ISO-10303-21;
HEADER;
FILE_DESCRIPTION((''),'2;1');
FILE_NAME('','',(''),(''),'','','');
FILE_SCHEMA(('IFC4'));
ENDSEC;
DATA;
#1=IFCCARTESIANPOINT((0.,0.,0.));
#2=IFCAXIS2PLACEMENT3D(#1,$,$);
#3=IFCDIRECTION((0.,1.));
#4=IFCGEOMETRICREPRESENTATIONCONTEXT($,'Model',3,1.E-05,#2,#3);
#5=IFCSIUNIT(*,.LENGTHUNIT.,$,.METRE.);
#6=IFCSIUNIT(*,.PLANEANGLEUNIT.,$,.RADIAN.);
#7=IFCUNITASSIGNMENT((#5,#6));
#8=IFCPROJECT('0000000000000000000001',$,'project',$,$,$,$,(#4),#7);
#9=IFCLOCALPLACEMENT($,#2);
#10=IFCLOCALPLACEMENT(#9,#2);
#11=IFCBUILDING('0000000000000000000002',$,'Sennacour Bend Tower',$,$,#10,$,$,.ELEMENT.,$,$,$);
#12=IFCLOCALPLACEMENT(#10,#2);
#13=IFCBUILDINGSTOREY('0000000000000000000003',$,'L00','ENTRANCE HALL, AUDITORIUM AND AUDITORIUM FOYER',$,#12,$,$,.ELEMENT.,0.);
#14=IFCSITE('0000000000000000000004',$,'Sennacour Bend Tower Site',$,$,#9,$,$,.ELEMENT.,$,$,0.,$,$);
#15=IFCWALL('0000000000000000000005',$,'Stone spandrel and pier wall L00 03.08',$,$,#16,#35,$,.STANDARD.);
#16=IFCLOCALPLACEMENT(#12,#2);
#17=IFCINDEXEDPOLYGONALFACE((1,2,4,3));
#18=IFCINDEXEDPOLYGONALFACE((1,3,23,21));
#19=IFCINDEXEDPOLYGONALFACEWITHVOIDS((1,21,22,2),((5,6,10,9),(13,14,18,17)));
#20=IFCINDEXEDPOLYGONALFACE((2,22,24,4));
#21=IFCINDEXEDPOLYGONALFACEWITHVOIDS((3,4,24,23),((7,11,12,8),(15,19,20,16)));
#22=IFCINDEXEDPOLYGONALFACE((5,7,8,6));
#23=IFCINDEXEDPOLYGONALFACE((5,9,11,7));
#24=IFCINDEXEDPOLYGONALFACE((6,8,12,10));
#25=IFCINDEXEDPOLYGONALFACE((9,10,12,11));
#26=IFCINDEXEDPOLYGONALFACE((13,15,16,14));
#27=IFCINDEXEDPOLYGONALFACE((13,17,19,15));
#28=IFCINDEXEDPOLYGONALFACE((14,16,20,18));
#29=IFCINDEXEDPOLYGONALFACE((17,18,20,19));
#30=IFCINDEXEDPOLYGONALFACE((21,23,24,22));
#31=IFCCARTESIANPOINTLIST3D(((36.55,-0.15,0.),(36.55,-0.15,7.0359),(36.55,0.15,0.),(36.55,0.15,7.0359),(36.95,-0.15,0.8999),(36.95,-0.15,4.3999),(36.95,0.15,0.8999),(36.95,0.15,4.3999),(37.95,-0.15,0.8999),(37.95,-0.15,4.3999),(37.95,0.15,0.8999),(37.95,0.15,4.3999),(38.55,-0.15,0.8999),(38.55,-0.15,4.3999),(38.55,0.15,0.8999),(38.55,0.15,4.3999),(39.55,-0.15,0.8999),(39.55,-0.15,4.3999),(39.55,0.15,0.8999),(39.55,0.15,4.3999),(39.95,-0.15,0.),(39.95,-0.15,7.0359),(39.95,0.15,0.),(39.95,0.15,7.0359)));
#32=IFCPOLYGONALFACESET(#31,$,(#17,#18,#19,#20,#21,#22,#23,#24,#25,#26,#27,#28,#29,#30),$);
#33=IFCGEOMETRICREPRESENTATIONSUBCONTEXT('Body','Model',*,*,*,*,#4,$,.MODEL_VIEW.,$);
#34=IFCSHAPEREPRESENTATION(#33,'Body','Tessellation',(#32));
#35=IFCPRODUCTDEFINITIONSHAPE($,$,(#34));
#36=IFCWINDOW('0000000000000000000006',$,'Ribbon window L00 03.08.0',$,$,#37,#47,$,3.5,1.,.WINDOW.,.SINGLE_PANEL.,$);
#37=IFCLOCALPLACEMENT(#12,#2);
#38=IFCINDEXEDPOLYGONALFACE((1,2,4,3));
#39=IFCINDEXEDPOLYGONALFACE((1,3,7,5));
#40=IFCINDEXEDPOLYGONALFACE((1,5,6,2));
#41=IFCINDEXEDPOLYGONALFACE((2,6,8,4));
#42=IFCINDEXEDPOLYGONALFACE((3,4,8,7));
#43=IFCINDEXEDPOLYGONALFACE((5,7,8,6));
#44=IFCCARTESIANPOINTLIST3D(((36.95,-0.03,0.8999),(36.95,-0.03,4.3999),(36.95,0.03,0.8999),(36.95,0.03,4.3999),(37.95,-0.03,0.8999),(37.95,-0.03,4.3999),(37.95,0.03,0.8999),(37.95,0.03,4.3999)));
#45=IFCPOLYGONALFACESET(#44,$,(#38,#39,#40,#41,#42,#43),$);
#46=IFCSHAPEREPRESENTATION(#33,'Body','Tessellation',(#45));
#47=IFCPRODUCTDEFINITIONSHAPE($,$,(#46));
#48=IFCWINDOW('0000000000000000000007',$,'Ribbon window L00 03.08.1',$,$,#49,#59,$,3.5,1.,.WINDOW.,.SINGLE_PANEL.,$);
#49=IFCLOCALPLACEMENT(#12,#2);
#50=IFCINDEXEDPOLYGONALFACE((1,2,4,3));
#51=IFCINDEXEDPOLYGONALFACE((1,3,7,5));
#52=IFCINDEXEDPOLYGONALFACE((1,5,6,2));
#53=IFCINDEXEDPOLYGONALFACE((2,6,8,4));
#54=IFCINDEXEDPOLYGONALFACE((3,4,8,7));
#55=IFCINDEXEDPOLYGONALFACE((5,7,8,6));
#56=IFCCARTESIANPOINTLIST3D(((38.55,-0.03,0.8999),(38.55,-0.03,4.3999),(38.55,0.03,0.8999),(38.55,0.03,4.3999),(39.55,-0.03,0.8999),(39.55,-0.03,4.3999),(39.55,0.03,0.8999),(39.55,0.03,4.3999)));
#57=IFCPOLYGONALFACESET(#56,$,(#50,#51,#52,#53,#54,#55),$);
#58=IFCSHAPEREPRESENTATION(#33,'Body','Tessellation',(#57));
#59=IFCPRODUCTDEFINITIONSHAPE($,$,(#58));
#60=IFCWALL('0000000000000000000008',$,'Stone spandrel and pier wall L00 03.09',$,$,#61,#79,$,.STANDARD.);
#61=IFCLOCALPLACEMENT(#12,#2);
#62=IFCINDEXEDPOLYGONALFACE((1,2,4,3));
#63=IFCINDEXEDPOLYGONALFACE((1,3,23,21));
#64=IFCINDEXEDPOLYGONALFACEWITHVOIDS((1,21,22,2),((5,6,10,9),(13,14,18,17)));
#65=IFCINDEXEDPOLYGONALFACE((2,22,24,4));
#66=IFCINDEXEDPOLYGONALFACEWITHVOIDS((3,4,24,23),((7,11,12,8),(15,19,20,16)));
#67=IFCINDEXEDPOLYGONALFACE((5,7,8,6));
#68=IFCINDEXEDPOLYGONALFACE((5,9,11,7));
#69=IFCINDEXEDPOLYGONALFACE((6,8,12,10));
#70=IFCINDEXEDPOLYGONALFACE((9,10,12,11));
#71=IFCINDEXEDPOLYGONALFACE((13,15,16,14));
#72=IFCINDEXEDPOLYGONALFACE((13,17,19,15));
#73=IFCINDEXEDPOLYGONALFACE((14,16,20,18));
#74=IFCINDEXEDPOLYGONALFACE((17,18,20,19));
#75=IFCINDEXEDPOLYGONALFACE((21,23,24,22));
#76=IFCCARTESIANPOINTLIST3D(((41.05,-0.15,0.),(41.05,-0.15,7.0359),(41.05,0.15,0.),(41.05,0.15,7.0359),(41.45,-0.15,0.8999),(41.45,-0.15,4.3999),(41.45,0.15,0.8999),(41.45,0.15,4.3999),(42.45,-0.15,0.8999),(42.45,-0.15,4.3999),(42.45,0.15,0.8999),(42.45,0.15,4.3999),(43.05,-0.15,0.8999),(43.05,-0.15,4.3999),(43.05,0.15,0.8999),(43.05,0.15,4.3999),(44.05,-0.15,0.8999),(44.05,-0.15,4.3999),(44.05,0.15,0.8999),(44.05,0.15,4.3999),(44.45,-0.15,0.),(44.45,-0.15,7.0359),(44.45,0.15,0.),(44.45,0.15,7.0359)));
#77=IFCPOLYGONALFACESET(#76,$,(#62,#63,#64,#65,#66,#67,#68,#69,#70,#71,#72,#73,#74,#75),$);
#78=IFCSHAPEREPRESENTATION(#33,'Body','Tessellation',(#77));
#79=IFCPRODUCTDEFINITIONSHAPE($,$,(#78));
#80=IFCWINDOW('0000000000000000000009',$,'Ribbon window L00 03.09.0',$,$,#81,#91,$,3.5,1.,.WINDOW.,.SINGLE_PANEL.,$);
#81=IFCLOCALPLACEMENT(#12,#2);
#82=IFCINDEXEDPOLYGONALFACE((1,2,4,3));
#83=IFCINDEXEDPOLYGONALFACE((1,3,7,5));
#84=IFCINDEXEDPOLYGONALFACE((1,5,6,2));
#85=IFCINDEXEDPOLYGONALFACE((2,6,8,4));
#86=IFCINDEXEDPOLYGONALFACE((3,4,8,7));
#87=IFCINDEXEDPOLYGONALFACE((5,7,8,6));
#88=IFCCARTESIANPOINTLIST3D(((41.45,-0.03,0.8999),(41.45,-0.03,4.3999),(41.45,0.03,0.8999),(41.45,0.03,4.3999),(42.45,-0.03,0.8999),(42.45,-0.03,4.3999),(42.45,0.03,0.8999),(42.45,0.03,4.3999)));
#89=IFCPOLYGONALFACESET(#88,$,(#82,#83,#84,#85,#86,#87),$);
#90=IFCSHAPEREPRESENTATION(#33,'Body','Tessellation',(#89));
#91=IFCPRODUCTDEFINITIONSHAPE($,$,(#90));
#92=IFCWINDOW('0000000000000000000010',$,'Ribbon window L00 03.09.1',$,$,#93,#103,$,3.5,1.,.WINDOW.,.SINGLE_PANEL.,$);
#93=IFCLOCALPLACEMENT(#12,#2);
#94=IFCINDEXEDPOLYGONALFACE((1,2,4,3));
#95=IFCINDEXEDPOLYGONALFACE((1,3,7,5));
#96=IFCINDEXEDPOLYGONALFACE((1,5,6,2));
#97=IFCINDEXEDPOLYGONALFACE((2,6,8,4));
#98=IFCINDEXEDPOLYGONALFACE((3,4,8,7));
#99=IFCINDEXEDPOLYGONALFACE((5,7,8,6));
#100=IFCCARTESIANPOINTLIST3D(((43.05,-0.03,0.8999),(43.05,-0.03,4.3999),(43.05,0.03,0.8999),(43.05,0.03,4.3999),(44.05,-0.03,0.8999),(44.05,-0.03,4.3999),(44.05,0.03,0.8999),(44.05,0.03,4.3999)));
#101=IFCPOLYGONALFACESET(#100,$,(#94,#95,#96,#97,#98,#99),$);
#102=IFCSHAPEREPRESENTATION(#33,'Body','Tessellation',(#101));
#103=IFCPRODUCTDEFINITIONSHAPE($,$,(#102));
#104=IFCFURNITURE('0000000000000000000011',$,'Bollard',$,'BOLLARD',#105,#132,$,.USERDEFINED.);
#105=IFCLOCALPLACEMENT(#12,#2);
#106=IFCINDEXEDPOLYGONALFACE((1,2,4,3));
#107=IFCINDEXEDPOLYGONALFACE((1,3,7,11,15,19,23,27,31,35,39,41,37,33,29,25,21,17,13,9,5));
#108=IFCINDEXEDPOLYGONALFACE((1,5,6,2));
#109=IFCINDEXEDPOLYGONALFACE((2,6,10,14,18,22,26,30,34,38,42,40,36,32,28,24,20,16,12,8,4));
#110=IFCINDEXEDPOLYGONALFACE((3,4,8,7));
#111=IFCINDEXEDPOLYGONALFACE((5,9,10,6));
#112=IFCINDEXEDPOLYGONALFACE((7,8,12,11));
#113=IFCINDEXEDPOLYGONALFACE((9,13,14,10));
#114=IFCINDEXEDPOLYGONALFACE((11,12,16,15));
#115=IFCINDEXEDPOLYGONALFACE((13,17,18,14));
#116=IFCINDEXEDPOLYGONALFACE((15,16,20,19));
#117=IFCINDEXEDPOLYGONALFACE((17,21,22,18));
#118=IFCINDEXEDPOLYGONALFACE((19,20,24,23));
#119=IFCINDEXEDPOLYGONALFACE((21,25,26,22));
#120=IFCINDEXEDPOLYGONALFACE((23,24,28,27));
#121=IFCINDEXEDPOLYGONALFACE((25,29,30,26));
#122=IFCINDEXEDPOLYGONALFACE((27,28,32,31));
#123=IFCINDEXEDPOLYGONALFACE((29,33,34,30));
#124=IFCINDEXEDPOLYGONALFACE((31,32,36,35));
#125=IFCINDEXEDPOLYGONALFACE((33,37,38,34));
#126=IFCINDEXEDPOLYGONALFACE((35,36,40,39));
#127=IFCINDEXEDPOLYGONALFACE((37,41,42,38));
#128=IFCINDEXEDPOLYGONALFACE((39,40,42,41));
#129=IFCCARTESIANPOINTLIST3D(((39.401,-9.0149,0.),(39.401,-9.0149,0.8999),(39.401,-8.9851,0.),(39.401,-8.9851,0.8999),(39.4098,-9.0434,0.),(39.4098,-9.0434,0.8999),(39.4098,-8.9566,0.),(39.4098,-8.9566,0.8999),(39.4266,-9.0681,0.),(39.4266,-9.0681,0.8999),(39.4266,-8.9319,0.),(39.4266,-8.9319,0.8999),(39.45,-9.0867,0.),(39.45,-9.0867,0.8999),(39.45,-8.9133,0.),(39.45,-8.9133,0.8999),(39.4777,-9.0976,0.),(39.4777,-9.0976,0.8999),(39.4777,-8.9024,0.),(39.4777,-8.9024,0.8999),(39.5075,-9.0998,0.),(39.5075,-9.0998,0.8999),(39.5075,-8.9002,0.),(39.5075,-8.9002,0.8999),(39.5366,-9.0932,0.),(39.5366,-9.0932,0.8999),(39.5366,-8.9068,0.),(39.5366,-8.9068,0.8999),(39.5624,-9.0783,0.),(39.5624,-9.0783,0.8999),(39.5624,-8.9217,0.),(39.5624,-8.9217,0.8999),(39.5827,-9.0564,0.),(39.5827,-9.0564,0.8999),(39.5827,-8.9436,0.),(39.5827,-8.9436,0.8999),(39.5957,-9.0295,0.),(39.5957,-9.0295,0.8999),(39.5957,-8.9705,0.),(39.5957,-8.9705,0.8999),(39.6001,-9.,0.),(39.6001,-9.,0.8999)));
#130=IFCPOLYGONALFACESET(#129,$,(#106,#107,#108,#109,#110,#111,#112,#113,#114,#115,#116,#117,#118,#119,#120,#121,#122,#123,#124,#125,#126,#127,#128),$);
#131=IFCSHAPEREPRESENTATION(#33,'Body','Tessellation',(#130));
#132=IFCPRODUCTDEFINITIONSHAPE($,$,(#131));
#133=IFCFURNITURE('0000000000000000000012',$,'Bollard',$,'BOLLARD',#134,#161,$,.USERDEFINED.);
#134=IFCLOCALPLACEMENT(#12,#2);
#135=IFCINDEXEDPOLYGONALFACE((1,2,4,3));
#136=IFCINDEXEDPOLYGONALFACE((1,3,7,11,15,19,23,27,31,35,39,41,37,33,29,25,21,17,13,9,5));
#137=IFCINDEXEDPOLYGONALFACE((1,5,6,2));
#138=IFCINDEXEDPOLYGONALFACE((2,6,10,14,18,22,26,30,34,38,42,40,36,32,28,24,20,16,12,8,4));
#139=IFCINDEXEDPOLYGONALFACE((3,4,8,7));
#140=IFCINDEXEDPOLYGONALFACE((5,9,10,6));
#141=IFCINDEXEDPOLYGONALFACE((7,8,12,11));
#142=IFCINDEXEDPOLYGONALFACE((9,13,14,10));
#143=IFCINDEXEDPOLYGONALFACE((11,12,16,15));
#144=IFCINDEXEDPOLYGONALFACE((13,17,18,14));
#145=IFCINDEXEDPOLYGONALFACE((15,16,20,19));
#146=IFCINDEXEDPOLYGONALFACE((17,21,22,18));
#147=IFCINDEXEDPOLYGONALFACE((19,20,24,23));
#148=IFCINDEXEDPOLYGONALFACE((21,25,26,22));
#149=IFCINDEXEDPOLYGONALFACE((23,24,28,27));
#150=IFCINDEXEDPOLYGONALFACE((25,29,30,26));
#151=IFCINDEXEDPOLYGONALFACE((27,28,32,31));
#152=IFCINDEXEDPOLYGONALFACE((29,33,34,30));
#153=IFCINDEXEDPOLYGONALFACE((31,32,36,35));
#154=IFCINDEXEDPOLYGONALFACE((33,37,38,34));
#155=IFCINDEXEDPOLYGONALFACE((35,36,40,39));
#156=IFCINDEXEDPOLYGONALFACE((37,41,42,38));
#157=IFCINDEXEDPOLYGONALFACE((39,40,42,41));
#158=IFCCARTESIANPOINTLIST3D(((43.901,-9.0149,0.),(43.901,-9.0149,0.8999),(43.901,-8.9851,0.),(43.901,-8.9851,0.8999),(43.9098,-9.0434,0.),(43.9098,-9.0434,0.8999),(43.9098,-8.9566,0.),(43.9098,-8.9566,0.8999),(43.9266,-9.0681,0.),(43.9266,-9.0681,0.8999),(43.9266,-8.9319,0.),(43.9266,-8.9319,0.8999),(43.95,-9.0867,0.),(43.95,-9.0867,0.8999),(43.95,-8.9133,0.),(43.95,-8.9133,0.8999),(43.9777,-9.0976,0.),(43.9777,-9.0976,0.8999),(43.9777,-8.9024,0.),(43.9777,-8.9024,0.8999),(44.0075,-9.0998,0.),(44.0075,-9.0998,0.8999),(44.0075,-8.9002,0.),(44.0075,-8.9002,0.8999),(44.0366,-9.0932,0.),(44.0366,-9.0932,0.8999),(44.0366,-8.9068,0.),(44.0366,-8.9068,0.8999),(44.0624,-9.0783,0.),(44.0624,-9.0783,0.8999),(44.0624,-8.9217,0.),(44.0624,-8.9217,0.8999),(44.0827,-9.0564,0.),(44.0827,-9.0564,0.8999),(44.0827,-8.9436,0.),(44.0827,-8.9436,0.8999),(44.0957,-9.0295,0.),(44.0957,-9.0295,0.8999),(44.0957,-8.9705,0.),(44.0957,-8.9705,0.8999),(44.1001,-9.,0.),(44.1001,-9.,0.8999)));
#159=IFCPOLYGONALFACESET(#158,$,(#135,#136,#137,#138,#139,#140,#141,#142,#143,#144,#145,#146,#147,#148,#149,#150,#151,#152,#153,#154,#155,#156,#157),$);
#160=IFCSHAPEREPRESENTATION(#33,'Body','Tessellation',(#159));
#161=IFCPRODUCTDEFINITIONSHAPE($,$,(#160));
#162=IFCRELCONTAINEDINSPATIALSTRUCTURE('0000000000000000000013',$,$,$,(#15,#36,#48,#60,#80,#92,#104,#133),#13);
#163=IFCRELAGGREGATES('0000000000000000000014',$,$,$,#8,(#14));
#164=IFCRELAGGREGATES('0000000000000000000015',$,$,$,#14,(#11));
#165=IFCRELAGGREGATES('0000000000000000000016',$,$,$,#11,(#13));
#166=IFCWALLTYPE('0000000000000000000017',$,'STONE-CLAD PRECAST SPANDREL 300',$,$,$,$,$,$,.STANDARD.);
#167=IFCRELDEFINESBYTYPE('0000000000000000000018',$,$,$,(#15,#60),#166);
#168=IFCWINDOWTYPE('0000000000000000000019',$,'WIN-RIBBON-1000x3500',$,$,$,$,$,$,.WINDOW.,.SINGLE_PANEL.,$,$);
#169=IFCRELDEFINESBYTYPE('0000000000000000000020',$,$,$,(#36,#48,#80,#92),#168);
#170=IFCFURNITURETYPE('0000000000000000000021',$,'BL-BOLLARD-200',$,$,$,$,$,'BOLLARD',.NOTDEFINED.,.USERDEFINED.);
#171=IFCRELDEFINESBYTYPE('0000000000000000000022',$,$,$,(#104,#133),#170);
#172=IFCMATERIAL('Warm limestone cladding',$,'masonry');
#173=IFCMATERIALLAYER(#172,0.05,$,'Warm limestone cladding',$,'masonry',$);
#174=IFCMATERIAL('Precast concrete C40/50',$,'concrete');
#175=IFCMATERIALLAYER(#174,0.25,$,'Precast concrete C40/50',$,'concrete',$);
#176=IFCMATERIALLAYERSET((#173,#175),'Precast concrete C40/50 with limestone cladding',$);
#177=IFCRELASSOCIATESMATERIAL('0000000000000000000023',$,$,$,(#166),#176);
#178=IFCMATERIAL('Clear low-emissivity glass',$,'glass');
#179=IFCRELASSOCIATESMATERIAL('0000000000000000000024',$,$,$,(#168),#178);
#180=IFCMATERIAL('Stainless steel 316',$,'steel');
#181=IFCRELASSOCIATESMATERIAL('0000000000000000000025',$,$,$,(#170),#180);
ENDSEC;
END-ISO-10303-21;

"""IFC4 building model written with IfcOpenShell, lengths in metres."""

from ifc_helpers import new_model, si_unit, direction, frame, frame_2d, origin, origin_2d, place, context, subcontext, project, spatial, rectangle, circle, extrude, material, layer, layer_set, type_object, element, fill, save


model = new_model("IFC4")

# Units and contexts
model_context = context("Model", 3, precision=1e-05, world=origin(), true_north=direction((0.0, 1.0)))
body_context = subcontext(model_context, "Body", "Model", "MODEL_VIEW")
ifc_project = project(units=[si_unit("LENGTHUNIT", "METRE"), si_unit("PLANEANGLEUNIT", "RADIAN")], contexts=[model_context])

# Site, building, storey
site_placement = place(None, origin())
site = spatial("IfcSite", under=ifc_project, at=site_placement, Name="Sennacour Bend Tower Site", CompositionType="ELEMENT", RefElevation=0.0)
building_placement = place(site_placement, origin())
building = spatial("IfcBuilding", under=site, at=building_placement, Name="Sennacour Bend Tower", CompositionType="ELEMENT")
storey_placement = place(building_placement, origin())
storey = spatial("IfcBuildingStorey", under=building, at=storey_placement, Name="L00", Description="ENTRANCE HALL, AUDITORIUM AND AUDITORIUM FOYER", CompositionType="ELEMENT", Elevation=0.0)

# Walls, openings, windows
ifc_material_1 = material(Name="Warm limestone cladding", Category="masonry")
ifc_layer_1 = layer(ifc_material_1, 0.05, Name="Warm limestone cladding", Category="masonry")
ifc_material_2 = material(Name="Precast concrete C40/50", Category="concrete")
ifc_layer_2 = layer(ifc_material_2, 0.25, Name="Precast concrete C40/50", Category="concrete")
ifc_layer_set_1 = layer_set([ifc_layer_1, ifc_layer_2], Name="Precast concrete C40/50 with limestone cladding")
wall_type_1 = type_object("IfcWallType", Name="STONE-CLAD PRECAST SPANDREL 300", PredefinedType="STANDARD", material=ifc_layer_set_1)
wall_1_placement = place(storey_placement, frame((36.55, 0.0, 0.0), z_axis=(0.0, 0.0, 1.0), x_axis=(1.0, 0.0, 0.0)))
wall_1 = element("IfcWall", 1, at=wall_1_placement, inside=storey, type_object=wall_type_1, Name="Stone spandrel and pier wall L00 03.08", PredefinedType="STANDARD", context=body_context, shape_type="SweptSolid", body=[
    extrude(rectangle(XDim=3.3999, YDim=0.3, at=frame_2d((1.7, 0.0))), origin(), (0.0, 0.0, 1.0), 7.0359),
])
opening_1_placement = place(wall_1_placement, frame((0.3999, 0.0, 0.8999)))
opening_1 = element("IfcOpeningElement", 2, at=opening_1_placement, cuts=wall_1, PredefinedType="OPENING", context=body_context, shape_type="SweptSolid", body=[
    extrude(rectangle(XDim=1.0, YDim=3.5, at=frame_2d((0.5, 1.75))), frame((0.0, 0.1602, 0.0), z_axis=(0.0, -1.0, 0.0), x_axis=(1.0, 0.0, 0.0)), (0.0, 0.0, 1.0), 0.3201),
])
opening_2_placement = place(wall_1_placement, frame((2.0, 0.0, 0.8999)))
opening_2 = element("IfcOpeningElement", 3, at=opening_2_placement, cuts=wall_1, PredefinedType="OPENING", context=body_context, shape_type="SweptSolid", body=[
    extrude(rectangle(XDim=1.0, YDim=3.5, at=frame_2d((0.5, 1.75))), frame((0.0, 0.1602, 0.0), z_axis=(0.0, -1.0, 0.0), x_axis=(1.0, 0.0, 0.0)), (0.0, 0.0, 1.0), 0.3201),
])
ifc_material_3 = material(Name="Clear low-emissivity glass", Category="glass")
window_type = type_object("IfcWindowType", Name="WIN-RIBBON-1000x3500", PartitioningType="SINGLE_PANEL", PredefinedType="WINDOW", material=ifc_material_3)
window_1_placement = place(opening_1_placement, origin())
window_1 = element("IfcWindow", 4, at=window_1_placement, inside=storey, type_object=window_type, Name="Ribbon window L00 03.08.0", OverallHeight=3.5, OverallWidth=1.0, PartitioningType="SINGLE_PANEL", PredefinedType="WINDOW", context=body_context, shape_type="SweptSolid", body=[
    extrude(rectangle(XDim=1.0, YDim=3.5, at=frame_2d((0.5, 1.75))), frame((0.0, 0.03, 0.0), z_axis=(0.0, -1.0, 0.0), x_axis=(1.0, 0.0, 0.0)), (0.0, 0.0, 1.0), 0.0601),
])
fill(opening_1, window_1)
window_2_placement = place(opening_2_placement, origin())
window_2 = element("IfcWindow", 5, at=window_2_placement, inside=storey, type_object=window_type, Name="Ribbon window L00 03.08.1", OverallHeight=3.5, OverallWidth=1.0, PartitioningType="SINGLE_PANEL", PredefinedType="WINDOW", context=body_context, shape_type="SweptSolid", body=[
    extrude(rectangle(XDim=1.0, YDim=3.5, at=frame_2d((0.5, 1.75))), frame((0.0, 0.03, 0.0), z_axis=(0.0, -1.0, 0.0), x_axis=(1.0, 0.0, 0.0)), (0.0, 0.0, 1.0), 0.0601),
])
fill(opening_2, window_2)
wall_2_placement = place(storey_placement, frame((41.05, 0.0, 0.0), z_axis=(0.0, 0.0, 1.0), x_axis=(1.0, 0.0, 0.0)))
wall_2 = element("IfcWall", 6, at=wall_2_placement, inside=storey, type_object=wall_type_1, Name="Stone spandrel and pier wall L00 03.09", PredefinedType="STANDARD", context=body_context, shape_type="SweptSolid", body=[
    extrude(rectangle(XDim=3.3999, YDim=0.3, at=frame_2d((1.7, 0.0))), origin(), (0.0, 0.0, 1.0), 7.0359),
])
opening_3_placement = place(wall_2_placement, frame((0.3999, 0.0, 0.8999)))
opening_3 = element("IfcOpeningElement", 7, at=opening_3_placement, cuts=wall_2, PredefinedType="OPENING", context=body_context, shape_type="SweptSolid", body=[
    extrude(rectangle(XDim=1.0, YDim=3.5, at=frame_2d((0.5, 1.75))), frame((0.0, 0.1602, 0.0), z_axis=(0.0, -1.0, 0.0), x_axis=(1.0, 0.0, 0.0)), (0.0, 0.0, 1.0), 0.3201),
])
opening_4_placement = place(wall_2_placement, frame((2.0, 0.0, 0.8999)))
opening_4 = element("IfcOpeningElement", 8, at=opening_4_placement, cuts=wall_2, PredefinedType="OPENING", context=body_context, shape_type="SweptSolid", body=[
    extrude(rectangle(XDim=1.0, YDim=3.5, at=frame_2d((0.5, 1.75))), frame((0.0, 0.1602, 0.0), z_axis=(0.0, -1.0, 0.0), x_axis=(1.0, 0.0, 0.0)), (0.0, 0.0, 1.0), 0.3201),
])
window_3_placement = place(opening_3_placement, origin())
window_3 = element("IfcWindow", 9, at=window_3_placement, inside=storey, type_object=window_type, Name="Ribbon window L00 03.09.0", OverallHeight=3.5, OverallWidth=1.0, PartitioningType="SINGLE_PANEL", PredefinedType="WINDOW", context=body_context, shape_type="SweptSolid", body=[
    extrude(rectangle(XDim=1.0, YDim=3.5, at=frame_2d((0.5, 1.75))), frame((0.0, 0.03, 0.0), z_axis=(0.0, -1.0, 0.0), x_axis=(1.0, 0.0, 0.0)), (0.0, 0.0, 1.0), 0.0601),
])
fill(opening_3, window_3)
window_4_placement = place(opening_4_placement, origin())
window_4 = element("IfcWindow", 10, at=window_4_placement, inside=storey, type_object=window_type, Name="Ribbon window L00 03.09.1", OverallHeight=3.5, OverallWidth=1.0, PartitioningType="SINGLE_PANEL", PredefinedType="WINDOW", context=body_context, shape_type="SweptSolid", body=[
    extrude(rectangle(XDim=1.0, YDim=3.5, at=frame_2d((0.5, 1.75))), frame((0.0, 0.03, 0.0), z_axis=(0.0, -1.0, 0.0), x_axis=(1.0, 0.0, 0.0)), (0.0, 0.0, 1.0), 0.0601),
])
fill(opening_4, window_4)

# Furniture
ifc_material_4 = material(Name="Stainless steel 316", Category="steel")
furniture_type = type_object("IfcFurnitureType", Name="BL-BOLLARD-200", ElementType="BOLLARD", AssemblyPlace="NOTDEFINED", PredefinedType="USERDEFINED", material=ifc_material_4)
for number, where, z_axis, x_axis, name in (
    (11, (39.5, -9.0, 0.8999), (0.0, 0.0, -1.0), (1.0, 0.0, 0.0), "Bollard"),
    (12, (44.0, -9.0, 0.8999), (0.0, 0.0, -1.0), (1.0, 0.0, 0.0), "Bollard"),
):
    element("IfcFurniture", number, at=place(storey_placement, frame(where, z_axis=z_axis, x_axis=x_axis)), inside=storey, type_object=furniture_type, Name=name, ObjectType="BOLLARD", PredefinedType="USERDEFINED", context=body_context, shape_type="SweptSolid", body=[
        extrude(circle(Radius=0.1001, at=origin_2d()), origin(), (0.0, 0.0, 1.0), 0.8999),
    ])

save(model, "model.ifc")
